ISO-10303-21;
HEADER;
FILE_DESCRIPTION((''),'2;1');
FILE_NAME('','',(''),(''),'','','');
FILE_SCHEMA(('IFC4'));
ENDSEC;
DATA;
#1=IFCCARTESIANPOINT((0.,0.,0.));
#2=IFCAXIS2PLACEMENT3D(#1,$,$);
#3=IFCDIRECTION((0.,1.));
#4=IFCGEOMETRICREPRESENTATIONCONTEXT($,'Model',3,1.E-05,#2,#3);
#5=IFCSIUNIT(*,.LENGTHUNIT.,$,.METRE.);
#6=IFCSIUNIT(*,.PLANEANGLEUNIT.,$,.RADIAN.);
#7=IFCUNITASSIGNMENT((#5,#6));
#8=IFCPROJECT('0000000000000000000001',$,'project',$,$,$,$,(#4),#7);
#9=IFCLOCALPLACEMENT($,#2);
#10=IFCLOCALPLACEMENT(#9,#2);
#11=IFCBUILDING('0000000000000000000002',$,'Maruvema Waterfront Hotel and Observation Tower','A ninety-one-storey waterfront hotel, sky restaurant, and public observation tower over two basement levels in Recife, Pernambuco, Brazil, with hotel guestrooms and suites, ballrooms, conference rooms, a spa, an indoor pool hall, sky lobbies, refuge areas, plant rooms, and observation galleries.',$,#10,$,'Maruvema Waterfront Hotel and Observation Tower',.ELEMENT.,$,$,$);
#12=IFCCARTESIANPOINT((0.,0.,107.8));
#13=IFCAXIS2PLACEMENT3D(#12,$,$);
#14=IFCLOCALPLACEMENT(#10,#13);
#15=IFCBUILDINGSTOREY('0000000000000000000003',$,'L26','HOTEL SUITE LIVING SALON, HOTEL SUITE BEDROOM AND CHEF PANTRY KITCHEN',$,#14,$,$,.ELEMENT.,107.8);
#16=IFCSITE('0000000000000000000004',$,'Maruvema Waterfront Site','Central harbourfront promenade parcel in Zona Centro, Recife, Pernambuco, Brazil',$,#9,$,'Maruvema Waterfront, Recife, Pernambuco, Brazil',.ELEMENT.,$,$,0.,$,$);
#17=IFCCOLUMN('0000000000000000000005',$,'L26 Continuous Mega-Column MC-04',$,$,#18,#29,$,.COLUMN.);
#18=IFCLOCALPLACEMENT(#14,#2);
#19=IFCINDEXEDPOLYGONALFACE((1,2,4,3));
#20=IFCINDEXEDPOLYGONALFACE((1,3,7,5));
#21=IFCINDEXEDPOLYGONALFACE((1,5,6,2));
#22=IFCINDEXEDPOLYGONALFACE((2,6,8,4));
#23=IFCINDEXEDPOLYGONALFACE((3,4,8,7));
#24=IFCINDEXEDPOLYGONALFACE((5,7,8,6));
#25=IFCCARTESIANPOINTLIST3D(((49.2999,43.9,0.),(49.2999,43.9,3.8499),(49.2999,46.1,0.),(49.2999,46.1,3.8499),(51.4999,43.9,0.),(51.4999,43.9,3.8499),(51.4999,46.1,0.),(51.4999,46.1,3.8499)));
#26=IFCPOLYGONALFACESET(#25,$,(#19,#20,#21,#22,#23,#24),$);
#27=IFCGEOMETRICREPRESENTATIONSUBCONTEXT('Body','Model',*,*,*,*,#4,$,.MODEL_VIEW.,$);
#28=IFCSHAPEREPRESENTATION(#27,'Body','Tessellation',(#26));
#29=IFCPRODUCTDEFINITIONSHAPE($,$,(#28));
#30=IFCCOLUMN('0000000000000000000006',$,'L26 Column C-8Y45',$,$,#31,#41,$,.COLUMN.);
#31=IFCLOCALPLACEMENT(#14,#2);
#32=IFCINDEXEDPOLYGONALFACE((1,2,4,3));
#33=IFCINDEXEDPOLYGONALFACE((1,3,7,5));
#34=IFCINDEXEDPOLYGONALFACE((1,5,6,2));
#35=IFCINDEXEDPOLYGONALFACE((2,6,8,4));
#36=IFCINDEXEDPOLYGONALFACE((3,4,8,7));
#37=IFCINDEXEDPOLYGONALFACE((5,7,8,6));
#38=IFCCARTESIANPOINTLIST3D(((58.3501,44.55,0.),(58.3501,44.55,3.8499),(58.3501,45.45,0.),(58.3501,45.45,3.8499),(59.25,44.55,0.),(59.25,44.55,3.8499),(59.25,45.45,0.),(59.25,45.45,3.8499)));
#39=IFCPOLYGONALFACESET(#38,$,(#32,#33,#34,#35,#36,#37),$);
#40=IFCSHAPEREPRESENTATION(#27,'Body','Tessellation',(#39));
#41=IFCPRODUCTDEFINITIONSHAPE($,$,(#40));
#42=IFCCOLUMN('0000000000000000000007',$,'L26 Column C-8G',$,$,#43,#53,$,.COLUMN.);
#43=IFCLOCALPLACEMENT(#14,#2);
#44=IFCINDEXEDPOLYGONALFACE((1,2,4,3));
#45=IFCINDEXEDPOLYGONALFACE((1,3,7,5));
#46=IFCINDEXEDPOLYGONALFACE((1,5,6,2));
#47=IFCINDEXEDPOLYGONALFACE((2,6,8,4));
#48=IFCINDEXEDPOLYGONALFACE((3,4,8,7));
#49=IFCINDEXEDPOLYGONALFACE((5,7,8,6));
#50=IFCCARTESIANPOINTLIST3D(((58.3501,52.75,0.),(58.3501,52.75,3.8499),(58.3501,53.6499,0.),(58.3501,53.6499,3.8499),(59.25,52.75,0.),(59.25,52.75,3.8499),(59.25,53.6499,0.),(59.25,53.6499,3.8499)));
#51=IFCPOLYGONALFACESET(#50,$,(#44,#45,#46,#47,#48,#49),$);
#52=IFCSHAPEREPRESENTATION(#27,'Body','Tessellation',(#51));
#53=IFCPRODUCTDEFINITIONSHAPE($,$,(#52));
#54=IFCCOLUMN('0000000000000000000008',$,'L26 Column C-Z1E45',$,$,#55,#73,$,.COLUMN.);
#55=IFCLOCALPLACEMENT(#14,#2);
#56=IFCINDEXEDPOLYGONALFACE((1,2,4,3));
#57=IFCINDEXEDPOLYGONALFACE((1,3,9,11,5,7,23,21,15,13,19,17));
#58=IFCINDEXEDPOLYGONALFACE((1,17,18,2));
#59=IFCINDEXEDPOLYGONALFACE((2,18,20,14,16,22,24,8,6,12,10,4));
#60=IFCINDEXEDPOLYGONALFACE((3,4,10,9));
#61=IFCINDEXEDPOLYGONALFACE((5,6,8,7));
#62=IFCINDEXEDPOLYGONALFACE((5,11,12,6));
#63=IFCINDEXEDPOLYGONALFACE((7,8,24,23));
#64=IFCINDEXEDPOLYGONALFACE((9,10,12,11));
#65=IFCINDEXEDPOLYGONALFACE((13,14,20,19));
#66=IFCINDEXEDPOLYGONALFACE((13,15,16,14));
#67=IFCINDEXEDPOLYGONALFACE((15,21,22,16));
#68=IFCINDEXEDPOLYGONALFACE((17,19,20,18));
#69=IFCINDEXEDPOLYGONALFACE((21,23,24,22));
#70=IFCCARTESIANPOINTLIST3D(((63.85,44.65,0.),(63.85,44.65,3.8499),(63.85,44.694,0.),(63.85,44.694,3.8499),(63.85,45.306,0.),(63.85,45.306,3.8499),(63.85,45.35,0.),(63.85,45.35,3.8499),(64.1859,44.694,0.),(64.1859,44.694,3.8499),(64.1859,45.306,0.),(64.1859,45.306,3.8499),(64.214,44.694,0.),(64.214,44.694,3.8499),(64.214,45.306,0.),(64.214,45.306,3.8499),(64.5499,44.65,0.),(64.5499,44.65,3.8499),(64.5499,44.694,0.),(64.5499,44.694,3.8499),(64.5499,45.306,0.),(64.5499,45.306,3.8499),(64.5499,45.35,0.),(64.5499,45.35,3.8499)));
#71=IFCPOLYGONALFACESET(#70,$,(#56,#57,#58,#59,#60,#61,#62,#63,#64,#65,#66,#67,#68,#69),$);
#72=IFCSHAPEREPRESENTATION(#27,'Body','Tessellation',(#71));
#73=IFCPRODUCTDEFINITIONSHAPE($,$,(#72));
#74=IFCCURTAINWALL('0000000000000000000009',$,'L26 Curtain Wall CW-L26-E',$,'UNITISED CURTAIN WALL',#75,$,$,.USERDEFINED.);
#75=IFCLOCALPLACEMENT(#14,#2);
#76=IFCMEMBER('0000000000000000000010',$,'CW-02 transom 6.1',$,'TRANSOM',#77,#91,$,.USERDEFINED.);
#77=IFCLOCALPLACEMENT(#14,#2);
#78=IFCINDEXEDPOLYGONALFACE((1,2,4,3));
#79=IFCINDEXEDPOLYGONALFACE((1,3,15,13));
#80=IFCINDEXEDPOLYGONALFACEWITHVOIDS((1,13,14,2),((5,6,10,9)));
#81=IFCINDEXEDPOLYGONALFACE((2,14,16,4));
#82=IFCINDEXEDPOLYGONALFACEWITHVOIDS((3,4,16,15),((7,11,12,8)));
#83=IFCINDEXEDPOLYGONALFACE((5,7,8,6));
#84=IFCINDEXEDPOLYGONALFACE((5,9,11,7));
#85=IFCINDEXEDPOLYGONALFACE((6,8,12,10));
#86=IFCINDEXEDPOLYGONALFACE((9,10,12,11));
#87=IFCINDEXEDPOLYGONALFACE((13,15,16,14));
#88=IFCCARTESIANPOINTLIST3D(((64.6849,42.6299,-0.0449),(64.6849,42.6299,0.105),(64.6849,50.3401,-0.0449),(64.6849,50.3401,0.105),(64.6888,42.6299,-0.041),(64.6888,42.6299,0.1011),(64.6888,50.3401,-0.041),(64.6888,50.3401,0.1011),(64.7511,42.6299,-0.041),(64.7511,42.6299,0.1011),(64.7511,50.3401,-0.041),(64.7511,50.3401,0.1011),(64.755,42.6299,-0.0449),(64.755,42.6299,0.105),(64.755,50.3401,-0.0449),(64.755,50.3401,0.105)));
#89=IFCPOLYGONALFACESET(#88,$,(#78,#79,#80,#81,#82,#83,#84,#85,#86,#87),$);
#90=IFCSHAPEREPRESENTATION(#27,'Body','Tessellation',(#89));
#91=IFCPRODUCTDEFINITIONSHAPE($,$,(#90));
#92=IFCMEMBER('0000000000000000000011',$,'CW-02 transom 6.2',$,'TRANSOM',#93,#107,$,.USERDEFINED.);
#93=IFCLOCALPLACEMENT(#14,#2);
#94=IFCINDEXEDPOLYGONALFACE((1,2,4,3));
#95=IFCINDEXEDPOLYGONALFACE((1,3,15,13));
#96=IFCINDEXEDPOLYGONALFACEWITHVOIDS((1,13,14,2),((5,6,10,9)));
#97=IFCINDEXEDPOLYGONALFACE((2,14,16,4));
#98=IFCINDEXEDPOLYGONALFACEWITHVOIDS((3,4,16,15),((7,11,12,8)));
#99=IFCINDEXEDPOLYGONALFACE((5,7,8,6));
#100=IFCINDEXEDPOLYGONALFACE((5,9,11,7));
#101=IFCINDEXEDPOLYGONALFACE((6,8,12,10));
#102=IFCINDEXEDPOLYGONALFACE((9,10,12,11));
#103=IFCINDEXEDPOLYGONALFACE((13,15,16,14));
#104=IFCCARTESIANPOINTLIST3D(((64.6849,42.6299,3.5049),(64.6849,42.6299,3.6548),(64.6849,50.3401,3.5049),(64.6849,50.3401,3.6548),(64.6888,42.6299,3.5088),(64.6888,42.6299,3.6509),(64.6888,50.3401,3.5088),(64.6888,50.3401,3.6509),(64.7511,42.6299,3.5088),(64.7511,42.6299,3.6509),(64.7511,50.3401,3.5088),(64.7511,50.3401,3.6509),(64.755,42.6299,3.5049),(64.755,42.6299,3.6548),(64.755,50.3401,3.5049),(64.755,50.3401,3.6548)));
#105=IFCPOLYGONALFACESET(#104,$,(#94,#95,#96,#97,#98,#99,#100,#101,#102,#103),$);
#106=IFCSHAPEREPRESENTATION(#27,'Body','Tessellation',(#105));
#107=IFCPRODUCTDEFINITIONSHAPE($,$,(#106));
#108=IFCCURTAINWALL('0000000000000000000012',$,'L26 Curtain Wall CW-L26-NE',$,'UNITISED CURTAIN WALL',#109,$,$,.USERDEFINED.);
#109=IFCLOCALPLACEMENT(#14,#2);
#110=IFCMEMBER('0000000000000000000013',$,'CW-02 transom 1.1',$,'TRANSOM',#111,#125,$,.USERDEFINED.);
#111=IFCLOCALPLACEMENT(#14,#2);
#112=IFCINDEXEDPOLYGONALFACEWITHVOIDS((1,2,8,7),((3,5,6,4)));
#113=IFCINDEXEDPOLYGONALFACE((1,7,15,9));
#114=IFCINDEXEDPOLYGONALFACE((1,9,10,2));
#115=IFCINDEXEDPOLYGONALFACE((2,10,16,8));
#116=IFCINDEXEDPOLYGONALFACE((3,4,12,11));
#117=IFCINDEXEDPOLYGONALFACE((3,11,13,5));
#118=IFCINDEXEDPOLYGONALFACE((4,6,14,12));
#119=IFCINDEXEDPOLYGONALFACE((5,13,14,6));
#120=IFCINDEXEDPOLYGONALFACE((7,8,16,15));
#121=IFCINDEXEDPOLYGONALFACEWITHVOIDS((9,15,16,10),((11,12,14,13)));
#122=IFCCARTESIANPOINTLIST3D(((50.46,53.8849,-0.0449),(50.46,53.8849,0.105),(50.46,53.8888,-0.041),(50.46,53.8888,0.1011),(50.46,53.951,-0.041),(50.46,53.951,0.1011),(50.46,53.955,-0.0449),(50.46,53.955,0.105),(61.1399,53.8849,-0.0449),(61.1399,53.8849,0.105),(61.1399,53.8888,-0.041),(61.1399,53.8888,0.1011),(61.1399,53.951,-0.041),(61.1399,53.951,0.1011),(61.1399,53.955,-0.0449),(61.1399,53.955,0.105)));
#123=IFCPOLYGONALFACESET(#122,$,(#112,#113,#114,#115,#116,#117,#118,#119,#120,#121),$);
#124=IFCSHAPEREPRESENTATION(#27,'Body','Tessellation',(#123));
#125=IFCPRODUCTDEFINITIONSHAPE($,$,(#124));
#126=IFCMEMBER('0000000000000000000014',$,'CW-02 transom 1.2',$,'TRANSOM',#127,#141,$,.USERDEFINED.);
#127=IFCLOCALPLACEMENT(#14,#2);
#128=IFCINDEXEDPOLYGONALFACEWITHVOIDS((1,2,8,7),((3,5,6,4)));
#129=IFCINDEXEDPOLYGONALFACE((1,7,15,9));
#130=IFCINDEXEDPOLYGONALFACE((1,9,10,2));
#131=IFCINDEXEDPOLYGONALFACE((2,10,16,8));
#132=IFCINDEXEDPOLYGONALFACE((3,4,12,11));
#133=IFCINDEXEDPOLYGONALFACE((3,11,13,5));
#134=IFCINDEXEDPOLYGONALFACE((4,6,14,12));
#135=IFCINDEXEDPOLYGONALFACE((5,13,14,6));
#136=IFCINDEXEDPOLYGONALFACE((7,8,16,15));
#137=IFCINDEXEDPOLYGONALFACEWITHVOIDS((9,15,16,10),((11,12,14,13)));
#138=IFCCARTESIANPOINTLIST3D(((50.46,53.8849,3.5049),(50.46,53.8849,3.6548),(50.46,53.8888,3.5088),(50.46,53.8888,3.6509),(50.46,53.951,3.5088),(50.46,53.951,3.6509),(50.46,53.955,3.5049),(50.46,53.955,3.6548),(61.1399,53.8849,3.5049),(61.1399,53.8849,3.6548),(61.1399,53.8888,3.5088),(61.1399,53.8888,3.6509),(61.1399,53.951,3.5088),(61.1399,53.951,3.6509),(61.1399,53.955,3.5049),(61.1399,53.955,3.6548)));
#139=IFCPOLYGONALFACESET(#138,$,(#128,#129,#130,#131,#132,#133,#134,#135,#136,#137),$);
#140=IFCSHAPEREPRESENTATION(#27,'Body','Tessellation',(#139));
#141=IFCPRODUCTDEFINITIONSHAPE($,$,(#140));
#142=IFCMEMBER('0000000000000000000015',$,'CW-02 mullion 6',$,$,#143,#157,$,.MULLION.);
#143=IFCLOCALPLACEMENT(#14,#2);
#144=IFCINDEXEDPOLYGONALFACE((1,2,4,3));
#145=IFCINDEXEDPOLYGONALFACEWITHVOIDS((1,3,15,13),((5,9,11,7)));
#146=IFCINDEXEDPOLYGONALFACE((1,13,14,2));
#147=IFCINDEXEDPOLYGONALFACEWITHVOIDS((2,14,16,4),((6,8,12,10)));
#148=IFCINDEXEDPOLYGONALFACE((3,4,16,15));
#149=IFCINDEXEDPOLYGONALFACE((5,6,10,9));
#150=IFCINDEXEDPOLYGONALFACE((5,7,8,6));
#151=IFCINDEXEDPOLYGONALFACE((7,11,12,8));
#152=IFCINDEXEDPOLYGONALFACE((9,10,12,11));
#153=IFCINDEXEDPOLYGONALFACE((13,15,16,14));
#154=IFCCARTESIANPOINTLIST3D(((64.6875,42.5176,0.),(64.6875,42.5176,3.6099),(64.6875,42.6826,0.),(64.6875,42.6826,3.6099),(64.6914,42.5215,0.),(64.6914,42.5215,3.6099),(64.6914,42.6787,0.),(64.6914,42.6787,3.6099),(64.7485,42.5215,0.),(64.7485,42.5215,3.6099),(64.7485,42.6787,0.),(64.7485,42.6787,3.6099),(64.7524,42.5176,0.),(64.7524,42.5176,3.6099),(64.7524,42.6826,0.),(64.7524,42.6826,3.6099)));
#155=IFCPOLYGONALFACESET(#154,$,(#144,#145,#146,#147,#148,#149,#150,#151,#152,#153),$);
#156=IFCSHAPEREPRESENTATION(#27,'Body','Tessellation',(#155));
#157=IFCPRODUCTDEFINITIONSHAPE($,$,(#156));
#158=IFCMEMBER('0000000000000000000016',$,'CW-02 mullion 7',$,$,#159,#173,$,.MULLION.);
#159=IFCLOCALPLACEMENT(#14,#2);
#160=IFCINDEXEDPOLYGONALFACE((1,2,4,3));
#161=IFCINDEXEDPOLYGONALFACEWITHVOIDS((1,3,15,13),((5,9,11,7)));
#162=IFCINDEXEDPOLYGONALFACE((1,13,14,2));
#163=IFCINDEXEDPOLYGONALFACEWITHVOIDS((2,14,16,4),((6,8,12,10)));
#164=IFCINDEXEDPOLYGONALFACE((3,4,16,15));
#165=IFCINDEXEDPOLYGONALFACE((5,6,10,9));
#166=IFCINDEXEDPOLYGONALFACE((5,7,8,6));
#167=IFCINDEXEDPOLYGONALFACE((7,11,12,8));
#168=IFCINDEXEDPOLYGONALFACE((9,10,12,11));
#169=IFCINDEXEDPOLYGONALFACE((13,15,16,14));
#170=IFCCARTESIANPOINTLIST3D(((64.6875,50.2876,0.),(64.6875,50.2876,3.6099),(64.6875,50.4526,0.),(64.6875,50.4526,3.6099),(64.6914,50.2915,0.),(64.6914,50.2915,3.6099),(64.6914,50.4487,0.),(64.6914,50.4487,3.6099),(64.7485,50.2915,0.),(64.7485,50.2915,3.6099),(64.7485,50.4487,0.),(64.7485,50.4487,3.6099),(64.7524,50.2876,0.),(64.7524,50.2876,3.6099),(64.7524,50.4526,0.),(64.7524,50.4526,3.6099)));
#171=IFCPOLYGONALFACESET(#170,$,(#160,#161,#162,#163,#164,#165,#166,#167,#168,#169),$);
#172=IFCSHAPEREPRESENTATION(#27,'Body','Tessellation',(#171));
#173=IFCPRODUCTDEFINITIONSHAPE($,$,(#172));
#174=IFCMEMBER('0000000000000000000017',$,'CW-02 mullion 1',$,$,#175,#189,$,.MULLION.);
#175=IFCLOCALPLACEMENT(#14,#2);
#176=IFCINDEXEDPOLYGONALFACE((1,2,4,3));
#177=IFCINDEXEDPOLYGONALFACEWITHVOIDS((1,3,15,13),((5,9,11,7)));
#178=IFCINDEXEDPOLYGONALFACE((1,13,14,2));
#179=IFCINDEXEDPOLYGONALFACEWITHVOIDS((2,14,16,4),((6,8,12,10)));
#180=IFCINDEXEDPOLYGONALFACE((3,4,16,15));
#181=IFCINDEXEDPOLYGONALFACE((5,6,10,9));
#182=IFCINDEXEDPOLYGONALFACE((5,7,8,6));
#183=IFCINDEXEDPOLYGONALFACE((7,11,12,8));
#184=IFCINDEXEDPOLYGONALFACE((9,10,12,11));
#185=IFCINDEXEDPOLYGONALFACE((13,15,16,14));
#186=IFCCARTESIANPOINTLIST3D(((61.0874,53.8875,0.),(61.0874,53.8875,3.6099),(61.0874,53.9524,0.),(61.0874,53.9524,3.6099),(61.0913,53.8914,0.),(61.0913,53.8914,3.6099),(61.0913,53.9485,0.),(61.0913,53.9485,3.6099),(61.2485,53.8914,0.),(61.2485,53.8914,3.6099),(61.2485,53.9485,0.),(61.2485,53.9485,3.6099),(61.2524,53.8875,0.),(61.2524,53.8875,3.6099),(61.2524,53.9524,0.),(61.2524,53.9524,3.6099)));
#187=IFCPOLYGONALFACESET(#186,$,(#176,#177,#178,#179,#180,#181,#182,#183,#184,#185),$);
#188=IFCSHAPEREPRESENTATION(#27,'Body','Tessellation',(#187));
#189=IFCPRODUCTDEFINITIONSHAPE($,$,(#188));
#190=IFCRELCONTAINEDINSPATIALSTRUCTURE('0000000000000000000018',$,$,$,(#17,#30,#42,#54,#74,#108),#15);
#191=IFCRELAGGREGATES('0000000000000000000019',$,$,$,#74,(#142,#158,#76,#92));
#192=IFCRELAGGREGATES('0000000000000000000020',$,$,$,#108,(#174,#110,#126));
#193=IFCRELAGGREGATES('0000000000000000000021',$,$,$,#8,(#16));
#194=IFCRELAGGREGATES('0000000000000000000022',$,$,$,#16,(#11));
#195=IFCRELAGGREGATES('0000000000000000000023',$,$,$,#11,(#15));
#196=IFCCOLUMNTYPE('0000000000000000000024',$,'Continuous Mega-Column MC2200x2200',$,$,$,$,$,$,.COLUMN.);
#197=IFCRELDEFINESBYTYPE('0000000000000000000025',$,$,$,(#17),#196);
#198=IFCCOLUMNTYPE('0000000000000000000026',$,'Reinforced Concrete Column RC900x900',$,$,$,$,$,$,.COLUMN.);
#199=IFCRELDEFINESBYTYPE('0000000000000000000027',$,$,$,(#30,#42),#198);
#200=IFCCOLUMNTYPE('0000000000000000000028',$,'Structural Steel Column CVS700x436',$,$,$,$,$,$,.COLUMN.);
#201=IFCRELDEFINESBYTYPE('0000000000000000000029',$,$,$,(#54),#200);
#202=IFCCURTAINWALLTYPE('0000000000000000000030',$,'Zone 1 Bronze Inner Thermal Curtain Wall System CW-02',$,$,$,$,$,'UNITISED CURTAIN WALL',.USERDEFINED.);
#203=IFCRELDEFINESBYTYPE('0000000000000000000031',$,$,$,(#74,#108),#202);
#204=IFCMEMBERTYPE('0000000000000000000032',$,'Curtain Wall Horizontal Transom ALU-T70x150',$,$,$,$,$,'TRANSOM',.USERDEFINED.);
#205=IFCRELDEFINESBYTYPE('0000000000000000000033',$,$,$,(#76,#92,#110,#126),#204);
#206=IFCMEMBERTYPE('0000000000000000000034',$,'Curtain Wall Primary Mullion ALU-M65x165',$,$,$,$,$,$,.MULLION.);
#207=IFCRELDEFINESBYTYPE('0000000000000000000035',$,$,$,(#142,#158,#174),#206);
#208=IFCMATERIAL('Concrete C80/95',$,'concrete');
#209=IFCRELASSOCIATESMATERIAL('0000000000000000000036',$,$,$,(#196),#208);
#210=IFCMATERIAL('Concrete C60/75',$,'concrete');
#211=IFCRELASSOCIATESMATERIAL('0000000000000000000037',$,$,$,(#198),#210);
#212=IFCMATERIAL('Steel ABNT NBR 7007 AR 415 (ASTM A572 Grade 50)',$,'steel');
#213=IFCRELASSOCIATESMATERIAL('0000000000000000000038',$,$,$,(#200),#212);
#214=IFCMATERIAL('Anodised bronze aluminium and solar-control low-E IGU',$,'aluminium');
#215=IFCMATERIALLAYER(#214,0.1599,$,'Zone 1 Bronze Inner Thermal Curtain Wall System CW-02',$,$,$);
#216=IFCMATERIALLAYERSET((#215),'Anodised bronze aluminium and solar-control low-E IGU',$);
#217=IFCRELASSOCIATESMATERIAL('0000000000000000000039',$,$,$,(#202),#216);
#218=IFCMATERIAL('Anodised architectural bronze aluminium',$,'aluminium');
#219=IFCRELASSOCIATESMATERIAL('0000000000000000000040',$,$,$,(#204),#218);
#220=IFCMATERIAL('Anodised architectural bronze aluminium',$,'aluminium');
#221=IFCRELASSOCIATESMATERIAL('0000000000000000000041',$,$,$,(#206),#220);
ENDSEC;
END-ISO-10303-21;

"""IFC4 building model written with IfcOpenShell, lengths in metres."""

from ifc_helpers import new_model, si_unit, direction, frame, origin, origin_2d, place, context, subcontext, project, spatial, rectangle, hollow_rectangle, i_section, extrude, material, layer, layer_set, material_profile, profile_set, type_object, element, aggregate, save


model = new_model("IFC4")

# Units and contexts
model_context = context("Model", 3, precision=1e-05, world=origin(), true_north=direction((0.0, 1.0)))
body_context = subcontext(model_context, "Body", "Model", "MODEL_VIEW")
ifc_project = project(units=[si_unit("LENGTHUNIT", "METRE"), si_unit("PLANEANGLEUNIT", "RADIAN")], contexts=[model_context])

# Site, building, storey
site_placement = place(None, origin())
site = spatial("IfcSite", under=ifc_project, at=site_placement, Name="Maruvema Waterfront Site", Description="Central harbourfront promenade parcel in Zona Centro, Recife, Pernambuco, Brazil", LongName="Maruvema Waterfront, Recife, Pernambuco, Brazil", CompositionType="ELEMENT", RefElevation=0.0)
building_placement = place(site_placement, origin())
building = spatial("IfcBuilding", under=site, at=building_placement, Name="Maruvema Waterfront Hotel and Observation Tower", Description="A ninety-one-storey waterfront hotel, sky restaurant, and public observation tower over two basement levels in Recife, Pernambuco, Brazil, with hotel guestrooms and suites, ballrooms, conference rooms, a spa, an indoor pool hall, sky lobbies, refuge areas, plant rooms, and observation galleries.", LongName="Maruvema Waterfront Hotel and Observation Tower", CompositionType="ELEMENT")
storey_placement = place(building_placement, frame((0.0, 0.0, 107.8)))
storey = spatial("IfcBuildingStorey", under=building, at=storey_placement, Name="L26", Description="HOTEL SUITE LIVING SALON, HOTEL SUITE BEDROOM AND CHEF PANTRY KITCHEN", CompositionType="ELEMENT", Elevation=107.8)

# Columns
ifc_material_1 = material(Name="Concrete C80/95", Category="concrete")
ifc_material_profile_1 = material_profile(ifc_material_1, rectangle(XDim=2.2, YDim=2.2, at=origin_2d()), Name="MC2200x2200")
ifc_profile_set_1 = profile_set([ifc_material_profile_1], Name="Concrete C80/95")
column_type_1 = type_object("IfcColumnType", Name="Continuous Mega-Column MC2200x2200", PredefinedType="COLUMN", material=ifc_profile_set_1)
column_1_placement = place(storey_placement, frame((50.3999, 45.0, 0.0), z_axis=(0.0, 0.0, 1.0), x_axis=(1.0, 0.0, 0.0)))
element("IfcColumn", 1, at=column_1_placement, inside=storey, type_object=column_type_1, Name="L26 Continuous Mega-Column MC-04", PredefinedType="COLUMN", context=body_context, shape_type="SweptSolid", body=[
    extrude(rectangle(XDim=2.2, YDim=2.2, at=origin_2d()), origin(), (0.0, 0.0, 1.0), 3.8499),
])
ifc_material_2 = material(Name="Concrete C60/75", Category="concrete")
ifc_material_profile_2 = material_profile(ifc_material_2, rectangle(XDim=0.8999, YDim=0.8999, at=origin_2d()), Name="RC900x900")
ifc_profile_set_2 = profile_set([ifc_material_profile_2], Name="Concrete C60/75")
column_type_2 = type_object("IfcColumnType", Name="Reinforced Concrete Column RC900x900", PredefinedType="COLUMN", material=ifc_profile_set_2)
for number, where, z_axis, x_axis, name in (
    (2, (58.8, 45.0, 0.0), (0.0, 0.0, 1.0), (1.0, 0.0, 0.0), "L26 Column C-8Y45"),
    (3, (58.8, 53.2, 0.0), (0.0, 0.0, 1.0), (1.0, 0.0, 0.0), "L26 Column C-8G"),
):
    element("IfcColumn", number, at=place(storey_placement, frame(where, z_axis=z_axis, x_axis=x_axis)), inside=storey, type_object=column_type_2, Name=name, PredefinedType="COLUMN", context=body_context, shape_type="SweptSolid", body=[
        extrude(rectangle(XDim=0.8999, YDim=0.8999, at=origin_2d()), origin(), (0.0, 0.0, 1.0), 3.8499),
    ])
ifc_material_3 = material(Name="Steel ABNT NBR 7007 AR 415 (ASTM A572 Grade 50)", Category="steel")
ifc_material_profile_3 = material_profile(ifc_material_3, i_section(OverallWidth=0.7, OverallDepth=0.7, WebThickness=0.0281, FlangeThickness=0.0439, at=origin_2d()), Name="CVS700x436")
ifc_profile_set_3 = profile_set([ifc_material_profile_3], Name="Steel ABNT NBR 7007 AR 415 (ASTM A572 Grade 50)")
column_type_3 = type_object("IfcColumnType", Name="Structural Steel Column CVS700x436", PredefinedType="COLUMN", material=ifc_profile_set_3)
column_2_placement = place(storey_placement, frame((64.2, 45.0, 0.0), z_axis=(0.0, 0.0, 1.0), x_axis=(1.0, 0.0, 0.0)))
element("IfcColumn", 4, at=column_2_placement, inside=storey, type_object=column_type_3, Name="L26 Column C-Z1E45", PredefinedType="COLUMN", context=body_context, shape_type="SweptSolid", body=[
    extrude(i_section(OverallWidth=0.7, OverallDepth=0.7, WebThickness=0.0281, FlangeThickness=0.0439, at=origin_2d()), origin(), (0.0, 0.0, 1.0), 3.8499),
])

# Curtain walls, members
ifc_material_4 = material(Name="Anodised bronze aluminium and solar-control low-E IGU", Category="aluminium")
ifc_layer_1 = layer(ifc_material_4, 0.1599, Name="Zone 1 Bronze Inner Thermal Curtain Wall System CW-02")
ifc_layer_set_1 = layer_set([ifc_layer_1], Name="Anodised bronze aluminium and solar-control low-E IGU")
curtain_wall_type = type_object("IfcCurtainWallType", Name="Zone 1 Bronze Inner Thermal Curtain Wall System CW-02", ElementType="UNITISED CURTAIN WALL", PredefinedType="USERDEFINED", material=ifc_layer_set_1)
curtain_wall_1_placement = place(storey_placement, origin())
curtain_wall_1 = element("IfcCurtainWall", 5, at=curtain_wall_1_placement, inside=storey, type_object=curtain_wall_type, Name="L26 Curtain Wall CW-L26-E", ObjectType="UNITISED CURTAIN WALL", PredefinedType="USERDEFINED")
ifc_material_5 = material(Name="Anodised architectural bronze aluminium", Category="aluminium")
ifc_material_profile_4 = material_profile(ifc_material_5, hollow_rectangle(XDim=0.0701, YDim=0.1499, WallThickness=0.0039, at=origin_2d()), Name="ALU-T70x150")
ifc_profile_set_4 = profile_set([ifc_material_profile_4], Name="Anodised architectural bronze aluminium")
member_type_1 = type_object("IfcMemberType", Name="Curtain Wall Horizontal Transom ALU-T70x150", ElementType="TRANSOM", PredefinedType="USERDEFINED", material=ifc_profile_set_4)
member_1_placement = place(storey_placement, frame((64.72, 42.6299, 0.03), z_axis=(0.0, 1.0, 0.0), x_axis=(-1.0, 0.0, 0.0)))
member_1 = element("IfcMember", 6, at=member_1_placement, type_object=member_type_1, Name="CW-02 transom 6.1", ObjectType="TRANSOM", PredefinedType="USERDEFINED", context=body_context, shape_type="SweptSolid", body=[
    extrude(hollow_rectangle(XDim=0.0701, YDim=0.1499, WallThickness=0.0039, at=origin_2d()), origin(), (0.0, 0.0, 1.0), 7.7102),
])
member_2_placement = place(storey_placement, frame((64.72, 42.6299, 3.5798), z_axis=(0.0, 1.0, 0.0), x_axis=(-1.0, 0.0, 0.0)))
member_2 = element("IfcMember", 7, at=member_2_placement, type_object=member_type_1, Name="CW-02 transom 6.2", ObjectType="TRANSOM", PredefinedType="USERDEFINED", context=body_context, shape_type="SweptSolid", body=[
    extrude(hollow_rectangle(XDim=0.0701, YDim=0.1499, WallThickness=0.0039, at=origin_2d()), origin(), (0.0, 0.0, 1.0), 7.7102),
])
curtain_wall_2_placement = place(storey_placement, origin())
curtain_wall_2 = element("IfcCurtainWall", 8, at=curtain_wall_2_placement, inside=storey, type_object=curtain_wall_type, Name="L26 Curtain Wall CW-L26-NE", ObjectType="UNITISED CURTAIN WALL", PredefinedType="USERDEFINED")
member_3_placement = place(storey_placement, frame((61.1399, 53.9199, 0.03), z_axis=(-1.0, 0.0, 0.0), x_axis=(0.0, -1.0, 0.0)))
member_3 = element("IfcMember", 9, at=member_3_placement, type_object=member_type_1, Name="CW-02 transom 1.1", ObjectType="TRANSOM", PredefinedType="USERDEFINED", context=body_context, shape_type="SweptSolid", body=[
    extrude(hollow_rectangle(XDim=0.0701, YDim=0.1499, WallThickness=0.0039, at=origin_2d()), origin(), (0.0, 0.0, 1.0), 10.6799),
])
member_4_placement = place(storey_placement, frame((61.1399, 53.9199, 3.5798), z_axis=(-1.0, 0.0, 0.0), x_axis=(0.0, -1.0, 0.0)))
member_4 = element("IfcMember", 10, at=member_4_placement, type_object=member_type_1, Name="CW-02 transom 1.2", ObjectType="TRANSOM", PredefinedType="USERDEFINED", context=body_context, shape_type="SweptSolid", body=[
    extrude(hollow_rectangle(XDim=0.0701, YDim=0.1499, WallThickness=0.0039, at=origin_2d()), origin(), (0.0, 0.0, 1.0), 10.6799),
])

# Members
ifc_material_6 = material(Name="Anodised architectural bronze aluminium", Category="aluminium")
ifc_material_profile_5 = material_profile(ifc_material_6, hollow_rectangle(XDim=0.0649, YDim=0.165, WallThickness=0.0039, at=origin_2d()), Name="ALU-M65x165")
ifc_profile_set_5 = profile_set([ifc_material_profile_5], Name="Anodised architectural bronze aluminium")
member_type_2 = type_object("IfcMemberType", Name="Curtain Wall Primary Mullion ALU-M65x165", PredefinedType="MULLION", material=ifc_profile_set_5)
member_5_placement = place(storey_placement, frame((64.72, 42.6001, 0.0), z_axis=(0.0, 0.0, 1.0), x_axis=(-1.0, 0.0, 0.0)))
member_5 = element("IfcMember", 11, at=member_5_placement, type_object=member_type_2, Name="CW-02 mullion 6", PredefinedType="MULLION", context=body_context, shape_type="SweptSolid", body=[
    extrude(hollow_rectangle(XDim=0.0649, YDim=0.165, WallThickness=0.0039, at=origin_2d()), origin(), (0.0, 0.0, 1.0), 3.6099),
])
member_6_placement = place(storey_placement, frame((64.72, 50.3701, 0.0), z_axis=(0.0, 0.0, 1.0), x_axis=(-1.0, 0.0, 0.0)))
member_6 = element("IfcMember", 12, at=member_6_placement, type_object=member_type_2, Name="CW-02 mullion 7", PredefinedType="MULLION", context=body_context, shape_type="SweptSolid", body=[
    extrude(hollow_rectangle(XDim=0.0649, YDim=0.165, WallThickness=0.0039, at=origin_2d()), origin(), (0.0, 0.0, 1.0), 3.6099),
])
member_7_placement = place(storey_placement, frame((61.1699, 53.9199, 0.0), z_axis=(0.0, 0.0, 1.0), x_axis=(0.0, -1.0, 0.0)))
member_7 = element("IfcMember", 13, at=member_7_placement, type_object=member_type_2, Name="CW-02 mullion 1", PredefinedType="MULLION", context=body_context, shape_type="SweptSolid", body=[
    extrude(hollow_rectangle(XDim=0.0649, YDim=0.165, WallThickness=0.0039, at=origin_2d()), origin(), (0.0, 0.0, 1.0), 3.6099),
])

aggregate(curtain_wall_1, [member_5, member_6, member_1, member_2])
aggregate(curtain_wall_2, [member_7, member_3, member_4])

save(model, "model.ifc")
